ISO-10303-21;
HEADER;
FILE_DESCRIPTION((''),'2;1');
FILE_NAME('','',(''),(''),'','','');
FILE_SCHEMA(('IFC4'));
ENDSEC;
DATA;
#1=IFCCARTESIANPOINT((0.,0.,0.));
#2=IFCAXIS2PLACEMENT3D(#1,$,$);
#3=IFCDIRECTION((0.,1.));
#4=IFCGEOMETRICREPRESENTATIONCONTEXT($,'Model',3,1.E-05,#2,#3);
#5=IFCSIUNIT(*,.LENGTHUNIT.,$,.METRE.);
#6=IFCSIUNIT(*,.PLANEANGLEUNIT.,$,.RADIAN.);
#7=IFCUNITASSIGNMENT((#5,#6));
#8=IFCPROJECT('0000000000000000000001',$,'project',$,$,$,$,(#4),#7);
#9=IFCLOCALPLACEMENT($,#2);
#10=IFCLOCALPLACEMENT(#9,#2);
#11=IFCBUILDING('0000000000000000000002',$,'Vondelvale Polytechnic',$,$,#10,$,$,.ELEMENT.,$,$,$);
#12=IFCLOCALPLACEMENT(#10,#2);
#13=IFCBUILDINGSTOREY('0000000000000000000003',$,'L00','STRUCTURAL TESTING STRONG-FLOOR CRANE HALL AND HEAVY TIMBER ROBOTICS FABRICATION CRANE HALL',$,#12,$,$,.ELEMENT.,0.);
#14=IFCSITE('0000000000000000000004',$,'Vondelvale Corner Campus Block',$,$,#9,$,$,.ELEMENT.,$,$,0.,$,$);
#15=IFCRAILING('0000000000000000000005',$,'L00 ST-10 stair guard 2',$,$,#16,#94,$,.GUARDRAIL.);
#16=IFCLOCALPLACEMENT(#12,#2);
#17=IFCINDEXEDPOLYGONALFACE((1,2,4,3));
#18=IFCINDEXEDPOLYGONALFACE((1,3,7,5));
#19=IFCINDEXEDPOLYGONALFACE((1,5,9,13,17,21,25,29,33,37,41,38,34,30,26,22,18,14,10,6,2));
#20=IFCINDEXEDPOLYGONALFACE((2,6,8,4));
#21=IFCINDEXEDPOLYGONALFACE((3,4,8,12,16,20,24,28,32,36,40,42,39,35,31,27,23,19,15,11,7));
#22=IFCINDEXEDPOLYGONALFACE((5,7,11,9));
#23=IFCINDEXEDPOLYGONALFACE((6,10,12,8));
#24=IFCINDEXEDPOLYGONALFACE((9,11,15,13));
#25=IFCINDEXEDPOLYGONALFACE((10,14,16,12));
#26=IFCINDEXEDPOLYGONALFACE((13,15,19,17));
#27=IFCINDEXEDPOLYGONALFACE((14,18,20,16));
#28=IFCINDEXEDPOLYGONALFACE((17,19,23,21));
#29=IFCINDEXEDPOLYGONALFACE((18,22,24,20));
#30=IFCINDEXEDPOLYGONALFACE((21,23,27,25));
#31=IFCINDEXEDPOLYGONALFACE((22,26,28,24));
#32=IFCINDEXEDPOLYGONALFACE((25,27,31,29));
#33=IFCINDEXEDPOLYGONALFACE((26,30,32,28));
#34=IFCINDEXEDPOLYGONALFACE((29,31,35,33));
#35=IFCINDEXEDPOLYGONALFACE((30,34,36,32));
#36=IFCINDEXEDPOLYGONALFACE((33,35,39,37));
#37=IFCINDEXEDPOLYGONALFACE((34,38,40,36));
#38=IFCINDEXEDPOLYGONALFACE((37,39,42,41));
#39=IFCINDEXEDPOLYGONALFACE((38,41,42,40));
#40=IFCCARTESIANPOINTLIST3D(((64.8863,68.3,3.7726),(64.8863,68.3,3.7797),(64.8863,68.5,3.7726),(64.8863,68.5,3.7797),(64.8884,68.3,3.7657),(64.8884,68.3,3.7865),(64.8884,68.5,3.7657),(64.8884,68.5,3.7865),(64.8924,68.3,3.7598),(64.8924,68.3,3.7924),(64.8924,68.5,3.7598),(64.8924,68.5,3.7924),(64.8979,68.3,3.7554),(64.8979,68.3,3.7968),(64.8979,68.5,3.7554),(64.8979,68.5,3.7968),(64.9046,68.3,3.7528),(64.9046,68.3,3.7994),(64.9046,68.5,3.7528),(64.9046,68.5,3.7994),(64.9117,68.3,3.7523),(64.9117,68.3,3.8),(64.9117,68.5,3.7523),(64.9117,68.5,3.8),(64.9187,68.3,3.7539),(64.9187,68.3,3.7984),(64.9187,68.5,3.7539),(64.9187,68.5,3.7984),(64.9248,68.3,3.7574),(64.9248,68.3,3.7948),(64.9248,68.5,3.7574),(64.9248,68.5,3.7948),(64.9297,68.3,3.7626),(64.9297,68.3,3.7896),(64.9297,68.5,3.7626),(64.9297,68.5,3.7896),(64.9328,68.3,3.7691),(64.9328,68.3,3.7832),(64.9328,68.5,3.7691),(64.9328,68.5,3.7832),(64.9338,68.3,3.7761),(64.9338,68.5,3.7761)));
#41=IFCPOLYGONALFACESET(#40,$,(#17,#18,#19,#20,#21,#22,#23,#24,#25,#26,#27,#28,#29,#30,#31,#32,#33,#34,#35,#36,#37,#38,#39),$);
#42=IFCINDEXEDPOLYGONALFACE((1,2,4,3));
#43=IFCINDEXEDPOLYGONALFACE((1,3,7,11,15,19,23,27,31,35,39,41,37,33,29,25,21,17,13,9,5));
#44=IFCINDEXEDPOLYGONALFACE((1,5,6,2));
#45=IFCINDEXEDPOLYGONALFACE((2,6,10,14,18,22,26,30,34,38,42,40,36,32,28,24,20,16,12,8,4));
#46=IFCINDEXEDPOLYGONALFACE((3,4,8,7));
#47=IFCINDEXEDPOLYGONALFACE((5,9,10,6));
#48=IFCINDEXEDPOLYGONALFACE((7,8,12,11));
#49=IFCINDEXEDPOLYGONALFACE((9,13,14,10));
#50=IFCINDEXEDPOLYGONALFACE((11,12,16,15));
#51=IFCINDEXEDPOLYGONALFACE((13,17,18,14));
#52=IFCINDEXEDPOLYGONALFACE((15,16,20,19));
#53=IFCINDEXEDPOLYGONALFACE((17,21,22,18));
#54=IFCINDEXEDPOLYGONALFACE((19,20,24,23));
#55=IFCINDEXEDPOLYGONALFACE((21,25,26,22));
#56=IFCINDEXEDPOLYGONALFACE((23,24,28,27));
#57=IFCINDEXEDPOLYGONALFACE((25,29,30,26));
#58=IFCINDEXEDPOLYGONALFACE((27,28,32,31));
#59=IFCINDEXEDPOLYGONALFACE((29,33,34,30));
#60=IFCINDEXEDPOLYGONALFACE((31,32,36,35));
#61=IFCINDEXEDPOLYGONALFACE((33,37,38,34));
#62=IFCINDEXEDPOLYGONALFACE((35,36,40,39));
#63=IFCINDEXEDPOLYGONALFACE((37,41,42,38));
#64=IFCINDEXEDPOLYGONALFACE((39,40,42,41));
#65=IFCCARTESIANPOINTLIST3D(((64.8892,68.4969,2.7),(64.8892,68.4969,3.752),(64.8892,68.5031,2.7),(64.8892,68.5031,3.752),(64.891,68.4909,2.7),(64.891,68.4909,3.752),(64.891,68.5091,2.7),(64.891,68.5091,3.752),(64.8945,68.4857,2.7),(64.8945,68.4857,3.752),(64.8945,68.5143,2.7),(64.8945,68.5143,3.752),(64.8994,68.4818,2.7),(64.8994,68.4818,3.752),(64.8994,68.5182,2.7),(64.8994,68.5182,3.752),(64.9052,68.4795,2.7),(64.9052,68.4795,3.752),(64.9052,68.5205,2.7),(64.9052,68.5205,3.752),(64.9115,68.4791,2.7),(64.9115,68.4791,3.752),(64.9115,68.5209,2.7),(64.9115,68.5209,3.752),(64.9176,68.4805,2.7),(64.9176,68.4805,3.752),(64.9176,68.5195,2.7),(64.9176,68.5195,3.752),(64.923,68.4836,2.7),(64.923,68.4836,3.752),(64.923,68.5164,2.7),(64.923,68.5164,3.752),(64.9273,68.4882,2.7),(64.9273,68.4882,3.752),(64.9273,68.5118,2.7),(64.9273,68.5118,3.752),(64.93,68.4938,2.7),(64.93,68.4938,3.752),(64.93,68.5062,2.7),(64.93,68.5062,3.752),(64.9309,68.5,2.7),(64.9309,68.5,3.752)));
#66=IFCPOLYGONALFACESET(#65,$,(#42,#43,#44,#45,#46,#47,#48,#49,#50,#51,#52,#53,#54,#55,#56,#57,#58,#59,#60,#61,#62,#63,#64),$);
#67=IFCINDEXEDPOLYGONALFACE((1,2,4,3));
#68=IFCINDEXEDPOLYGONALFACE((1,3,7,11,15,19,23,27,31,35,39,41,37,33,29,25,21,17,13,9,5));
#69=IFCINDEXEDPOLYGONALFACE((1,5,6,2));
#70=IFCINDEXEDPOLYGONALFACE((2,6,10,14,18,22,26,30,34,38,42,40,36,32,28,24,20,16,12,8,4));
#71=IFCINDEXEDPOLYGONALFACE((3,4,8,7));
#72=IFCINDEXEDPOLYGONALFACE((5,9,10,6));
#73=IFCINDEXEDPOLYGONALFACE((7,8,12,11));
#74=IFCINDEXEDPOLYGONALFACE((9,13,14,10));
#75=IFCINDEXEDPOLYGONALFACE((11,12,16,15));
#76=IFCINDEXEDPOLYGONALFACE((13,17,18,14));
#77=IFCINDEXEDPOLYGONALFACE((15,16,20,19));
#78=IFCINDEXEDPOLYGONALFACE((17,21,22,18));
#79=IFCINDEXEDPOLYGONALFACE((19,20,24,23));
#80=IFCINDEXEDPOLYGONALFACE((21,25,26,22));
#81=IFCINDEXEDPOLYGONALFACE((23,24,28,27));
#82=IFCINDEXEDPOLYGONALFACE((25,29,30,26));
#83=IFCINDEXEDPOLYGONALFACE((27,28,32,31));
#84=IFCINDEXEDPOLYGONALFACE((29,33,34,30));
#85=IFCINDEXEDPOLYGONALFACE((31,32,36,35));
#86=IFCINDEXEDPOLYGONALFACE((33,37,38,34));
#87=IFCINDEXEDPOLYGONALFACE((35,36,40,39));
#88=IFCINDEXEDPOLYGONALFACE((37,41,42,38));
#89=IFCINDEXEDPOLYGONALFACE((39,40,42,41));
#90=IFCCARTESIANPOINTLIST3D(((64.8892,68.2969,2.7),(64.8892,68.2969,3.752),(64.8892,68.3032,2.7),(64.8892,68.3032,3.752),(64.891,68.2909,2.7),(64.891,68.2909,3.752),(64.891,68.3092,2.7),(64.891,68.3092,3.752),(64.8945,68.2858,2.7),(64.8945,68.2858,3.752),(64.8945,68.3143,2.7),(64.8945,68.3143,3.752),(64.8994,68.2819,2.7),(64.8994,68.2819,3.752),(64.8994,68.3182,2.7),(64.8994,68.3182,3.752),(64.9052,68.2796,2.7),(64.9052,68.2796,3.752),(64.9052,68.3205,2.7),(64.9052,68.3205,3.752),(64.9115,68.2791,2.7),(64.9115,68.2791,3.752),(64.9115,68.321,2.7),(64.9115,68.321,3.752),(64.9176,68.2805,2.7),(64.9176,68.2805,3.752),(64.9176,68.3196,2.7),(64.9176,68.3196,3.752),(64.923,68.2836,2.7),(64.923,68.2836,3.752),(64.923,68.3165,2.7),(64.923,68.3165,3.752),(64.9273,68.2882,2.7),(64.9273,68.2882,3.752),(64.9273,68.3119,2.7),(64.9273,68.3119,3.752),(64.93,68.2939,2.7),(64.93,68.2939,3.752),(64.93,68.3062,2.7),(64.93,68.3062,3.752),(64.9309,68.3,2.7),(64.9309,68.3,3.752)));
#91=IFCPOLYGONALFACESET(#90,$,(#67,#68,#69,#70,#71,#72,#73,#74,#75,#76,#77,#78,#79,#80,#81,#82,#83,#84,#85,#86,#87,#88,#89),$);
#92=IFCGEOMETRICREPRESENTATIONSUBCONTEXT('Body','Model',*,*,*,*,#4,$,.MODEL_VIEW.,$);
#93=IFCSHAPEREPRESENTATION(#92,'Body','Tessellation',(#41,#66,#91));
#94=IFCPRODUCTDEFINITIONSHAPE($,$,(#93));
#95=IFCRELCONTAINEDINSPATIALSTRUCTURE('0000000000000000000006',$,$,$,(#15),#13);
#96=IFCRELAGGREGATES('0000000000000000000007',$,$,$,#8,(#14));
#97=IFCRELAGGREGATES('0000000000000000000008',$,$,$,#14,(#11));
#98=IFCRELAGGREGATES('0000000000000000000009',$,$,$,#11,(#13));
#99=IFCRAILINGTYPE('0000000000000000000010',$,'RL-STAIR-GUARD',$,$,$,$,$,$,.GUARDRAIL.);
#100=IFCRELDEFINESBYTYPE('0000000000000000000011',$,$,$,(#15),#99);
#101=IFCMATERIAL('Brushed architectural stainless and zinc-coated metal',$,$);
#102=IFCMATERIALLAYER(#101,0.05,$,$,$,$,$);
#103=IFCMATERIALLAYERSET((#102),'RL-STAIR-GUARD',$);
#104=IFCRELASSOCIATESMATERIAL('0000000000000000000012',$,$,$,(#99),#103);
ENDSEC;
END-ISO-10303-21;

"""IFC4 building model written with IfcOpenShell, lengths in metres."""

from ifc_helpers import new_model, si_unit, direction, frame, origin, origin_2d, place, context, subcontext, project, spatial, circle, extrude, material, layer, layer_set, type_object, element, save


model = new_model("IFC4")

# Units and contexts
model_context = context("Model", 3, precision=1e-05, world=origin(), true_north=direction((0.0, 1.0)))
body_context = subcontext(model_context, "Body", "Model", "MODEL_VIEW")
ifc_project = project(units=[si_unit("LENGTHUNIT", "METRE"), si_unit("PLANEANGLEUNIT", "RADIAN")], contexts=[model_context])

# Site, building, storey
site_placement = place(None, origin())
site = spatial("IfcSite", under=ifc_project, at=site_placement, Name="Vondelvale Corner Campus Block", CompositionType="ELEMENT", RefElevation=0.0)
building_placement = place(site_placement, origin())
building = spatial("IfcBuilding", under=site, at=building_placement, Name="Vondelvale Polytechnic", CompositionType="ELEMENT")
storey_placement = place(building_placement, origin())
storey = spatial("IfcBuildingStorey", under=building, at=storey_placement, Name="L00", Description="STRUCTURAL TESTING STRONG-FLOOR CRANE HALL AND HEAVY TIMBER ROBOTICS FABRICATION CRANE HALL", CompositionType="ELEMENT", Elevation=0.0)

# Shared definitions
ifc_material_1 = material(Name="Brushed architectural stainless and zinc-coated metal")

# Railing
ifc_layer_1 = layer(ifc_material_1, 0.05)
ifc_layer_set_1 = layer_set([ifc_layer_1], Name="RL-STAIR-GUARD")
railing_type_1 = type_object("IfcRailingType", Name="RL-STAIR-GUARD", PredefinedType="GUARDRAIL", material=ifc_layer_set_1)
railing_1_placement = place(storey_placement, frame((64.9099, 68.5, 2.7)))
element("IfcRailing", 1, at=railing_1_placement, inside=storey, type_object=railing_type_1, Name="L00 ST-10 stair guard 2", PredefinedType="GUARDRAIL", context=body_context, shape_type="SweptSolid", body=[
    extrude(circle(Radius=0.0239, at=origin_2d()), frame((0.0, 0.0, 1.0762), z_axis=(0.0, -1.0, 0.0), x_axis=(1.0, 0.0, 0.0)), (0.0, 0.0, 1.0), 0.2),
    extrude(circle(Radius=0.021, at=origin_2d()), origin(), (0.0, 0.0, 1.0), 1.052),
    extrude(circle(Radius=0.021, at=origin_2d()), frame((0.0, -0.2, 0.0)), (0.0, 0.0, 1.0), 1.052),
])

save(model, "model.ifc")
